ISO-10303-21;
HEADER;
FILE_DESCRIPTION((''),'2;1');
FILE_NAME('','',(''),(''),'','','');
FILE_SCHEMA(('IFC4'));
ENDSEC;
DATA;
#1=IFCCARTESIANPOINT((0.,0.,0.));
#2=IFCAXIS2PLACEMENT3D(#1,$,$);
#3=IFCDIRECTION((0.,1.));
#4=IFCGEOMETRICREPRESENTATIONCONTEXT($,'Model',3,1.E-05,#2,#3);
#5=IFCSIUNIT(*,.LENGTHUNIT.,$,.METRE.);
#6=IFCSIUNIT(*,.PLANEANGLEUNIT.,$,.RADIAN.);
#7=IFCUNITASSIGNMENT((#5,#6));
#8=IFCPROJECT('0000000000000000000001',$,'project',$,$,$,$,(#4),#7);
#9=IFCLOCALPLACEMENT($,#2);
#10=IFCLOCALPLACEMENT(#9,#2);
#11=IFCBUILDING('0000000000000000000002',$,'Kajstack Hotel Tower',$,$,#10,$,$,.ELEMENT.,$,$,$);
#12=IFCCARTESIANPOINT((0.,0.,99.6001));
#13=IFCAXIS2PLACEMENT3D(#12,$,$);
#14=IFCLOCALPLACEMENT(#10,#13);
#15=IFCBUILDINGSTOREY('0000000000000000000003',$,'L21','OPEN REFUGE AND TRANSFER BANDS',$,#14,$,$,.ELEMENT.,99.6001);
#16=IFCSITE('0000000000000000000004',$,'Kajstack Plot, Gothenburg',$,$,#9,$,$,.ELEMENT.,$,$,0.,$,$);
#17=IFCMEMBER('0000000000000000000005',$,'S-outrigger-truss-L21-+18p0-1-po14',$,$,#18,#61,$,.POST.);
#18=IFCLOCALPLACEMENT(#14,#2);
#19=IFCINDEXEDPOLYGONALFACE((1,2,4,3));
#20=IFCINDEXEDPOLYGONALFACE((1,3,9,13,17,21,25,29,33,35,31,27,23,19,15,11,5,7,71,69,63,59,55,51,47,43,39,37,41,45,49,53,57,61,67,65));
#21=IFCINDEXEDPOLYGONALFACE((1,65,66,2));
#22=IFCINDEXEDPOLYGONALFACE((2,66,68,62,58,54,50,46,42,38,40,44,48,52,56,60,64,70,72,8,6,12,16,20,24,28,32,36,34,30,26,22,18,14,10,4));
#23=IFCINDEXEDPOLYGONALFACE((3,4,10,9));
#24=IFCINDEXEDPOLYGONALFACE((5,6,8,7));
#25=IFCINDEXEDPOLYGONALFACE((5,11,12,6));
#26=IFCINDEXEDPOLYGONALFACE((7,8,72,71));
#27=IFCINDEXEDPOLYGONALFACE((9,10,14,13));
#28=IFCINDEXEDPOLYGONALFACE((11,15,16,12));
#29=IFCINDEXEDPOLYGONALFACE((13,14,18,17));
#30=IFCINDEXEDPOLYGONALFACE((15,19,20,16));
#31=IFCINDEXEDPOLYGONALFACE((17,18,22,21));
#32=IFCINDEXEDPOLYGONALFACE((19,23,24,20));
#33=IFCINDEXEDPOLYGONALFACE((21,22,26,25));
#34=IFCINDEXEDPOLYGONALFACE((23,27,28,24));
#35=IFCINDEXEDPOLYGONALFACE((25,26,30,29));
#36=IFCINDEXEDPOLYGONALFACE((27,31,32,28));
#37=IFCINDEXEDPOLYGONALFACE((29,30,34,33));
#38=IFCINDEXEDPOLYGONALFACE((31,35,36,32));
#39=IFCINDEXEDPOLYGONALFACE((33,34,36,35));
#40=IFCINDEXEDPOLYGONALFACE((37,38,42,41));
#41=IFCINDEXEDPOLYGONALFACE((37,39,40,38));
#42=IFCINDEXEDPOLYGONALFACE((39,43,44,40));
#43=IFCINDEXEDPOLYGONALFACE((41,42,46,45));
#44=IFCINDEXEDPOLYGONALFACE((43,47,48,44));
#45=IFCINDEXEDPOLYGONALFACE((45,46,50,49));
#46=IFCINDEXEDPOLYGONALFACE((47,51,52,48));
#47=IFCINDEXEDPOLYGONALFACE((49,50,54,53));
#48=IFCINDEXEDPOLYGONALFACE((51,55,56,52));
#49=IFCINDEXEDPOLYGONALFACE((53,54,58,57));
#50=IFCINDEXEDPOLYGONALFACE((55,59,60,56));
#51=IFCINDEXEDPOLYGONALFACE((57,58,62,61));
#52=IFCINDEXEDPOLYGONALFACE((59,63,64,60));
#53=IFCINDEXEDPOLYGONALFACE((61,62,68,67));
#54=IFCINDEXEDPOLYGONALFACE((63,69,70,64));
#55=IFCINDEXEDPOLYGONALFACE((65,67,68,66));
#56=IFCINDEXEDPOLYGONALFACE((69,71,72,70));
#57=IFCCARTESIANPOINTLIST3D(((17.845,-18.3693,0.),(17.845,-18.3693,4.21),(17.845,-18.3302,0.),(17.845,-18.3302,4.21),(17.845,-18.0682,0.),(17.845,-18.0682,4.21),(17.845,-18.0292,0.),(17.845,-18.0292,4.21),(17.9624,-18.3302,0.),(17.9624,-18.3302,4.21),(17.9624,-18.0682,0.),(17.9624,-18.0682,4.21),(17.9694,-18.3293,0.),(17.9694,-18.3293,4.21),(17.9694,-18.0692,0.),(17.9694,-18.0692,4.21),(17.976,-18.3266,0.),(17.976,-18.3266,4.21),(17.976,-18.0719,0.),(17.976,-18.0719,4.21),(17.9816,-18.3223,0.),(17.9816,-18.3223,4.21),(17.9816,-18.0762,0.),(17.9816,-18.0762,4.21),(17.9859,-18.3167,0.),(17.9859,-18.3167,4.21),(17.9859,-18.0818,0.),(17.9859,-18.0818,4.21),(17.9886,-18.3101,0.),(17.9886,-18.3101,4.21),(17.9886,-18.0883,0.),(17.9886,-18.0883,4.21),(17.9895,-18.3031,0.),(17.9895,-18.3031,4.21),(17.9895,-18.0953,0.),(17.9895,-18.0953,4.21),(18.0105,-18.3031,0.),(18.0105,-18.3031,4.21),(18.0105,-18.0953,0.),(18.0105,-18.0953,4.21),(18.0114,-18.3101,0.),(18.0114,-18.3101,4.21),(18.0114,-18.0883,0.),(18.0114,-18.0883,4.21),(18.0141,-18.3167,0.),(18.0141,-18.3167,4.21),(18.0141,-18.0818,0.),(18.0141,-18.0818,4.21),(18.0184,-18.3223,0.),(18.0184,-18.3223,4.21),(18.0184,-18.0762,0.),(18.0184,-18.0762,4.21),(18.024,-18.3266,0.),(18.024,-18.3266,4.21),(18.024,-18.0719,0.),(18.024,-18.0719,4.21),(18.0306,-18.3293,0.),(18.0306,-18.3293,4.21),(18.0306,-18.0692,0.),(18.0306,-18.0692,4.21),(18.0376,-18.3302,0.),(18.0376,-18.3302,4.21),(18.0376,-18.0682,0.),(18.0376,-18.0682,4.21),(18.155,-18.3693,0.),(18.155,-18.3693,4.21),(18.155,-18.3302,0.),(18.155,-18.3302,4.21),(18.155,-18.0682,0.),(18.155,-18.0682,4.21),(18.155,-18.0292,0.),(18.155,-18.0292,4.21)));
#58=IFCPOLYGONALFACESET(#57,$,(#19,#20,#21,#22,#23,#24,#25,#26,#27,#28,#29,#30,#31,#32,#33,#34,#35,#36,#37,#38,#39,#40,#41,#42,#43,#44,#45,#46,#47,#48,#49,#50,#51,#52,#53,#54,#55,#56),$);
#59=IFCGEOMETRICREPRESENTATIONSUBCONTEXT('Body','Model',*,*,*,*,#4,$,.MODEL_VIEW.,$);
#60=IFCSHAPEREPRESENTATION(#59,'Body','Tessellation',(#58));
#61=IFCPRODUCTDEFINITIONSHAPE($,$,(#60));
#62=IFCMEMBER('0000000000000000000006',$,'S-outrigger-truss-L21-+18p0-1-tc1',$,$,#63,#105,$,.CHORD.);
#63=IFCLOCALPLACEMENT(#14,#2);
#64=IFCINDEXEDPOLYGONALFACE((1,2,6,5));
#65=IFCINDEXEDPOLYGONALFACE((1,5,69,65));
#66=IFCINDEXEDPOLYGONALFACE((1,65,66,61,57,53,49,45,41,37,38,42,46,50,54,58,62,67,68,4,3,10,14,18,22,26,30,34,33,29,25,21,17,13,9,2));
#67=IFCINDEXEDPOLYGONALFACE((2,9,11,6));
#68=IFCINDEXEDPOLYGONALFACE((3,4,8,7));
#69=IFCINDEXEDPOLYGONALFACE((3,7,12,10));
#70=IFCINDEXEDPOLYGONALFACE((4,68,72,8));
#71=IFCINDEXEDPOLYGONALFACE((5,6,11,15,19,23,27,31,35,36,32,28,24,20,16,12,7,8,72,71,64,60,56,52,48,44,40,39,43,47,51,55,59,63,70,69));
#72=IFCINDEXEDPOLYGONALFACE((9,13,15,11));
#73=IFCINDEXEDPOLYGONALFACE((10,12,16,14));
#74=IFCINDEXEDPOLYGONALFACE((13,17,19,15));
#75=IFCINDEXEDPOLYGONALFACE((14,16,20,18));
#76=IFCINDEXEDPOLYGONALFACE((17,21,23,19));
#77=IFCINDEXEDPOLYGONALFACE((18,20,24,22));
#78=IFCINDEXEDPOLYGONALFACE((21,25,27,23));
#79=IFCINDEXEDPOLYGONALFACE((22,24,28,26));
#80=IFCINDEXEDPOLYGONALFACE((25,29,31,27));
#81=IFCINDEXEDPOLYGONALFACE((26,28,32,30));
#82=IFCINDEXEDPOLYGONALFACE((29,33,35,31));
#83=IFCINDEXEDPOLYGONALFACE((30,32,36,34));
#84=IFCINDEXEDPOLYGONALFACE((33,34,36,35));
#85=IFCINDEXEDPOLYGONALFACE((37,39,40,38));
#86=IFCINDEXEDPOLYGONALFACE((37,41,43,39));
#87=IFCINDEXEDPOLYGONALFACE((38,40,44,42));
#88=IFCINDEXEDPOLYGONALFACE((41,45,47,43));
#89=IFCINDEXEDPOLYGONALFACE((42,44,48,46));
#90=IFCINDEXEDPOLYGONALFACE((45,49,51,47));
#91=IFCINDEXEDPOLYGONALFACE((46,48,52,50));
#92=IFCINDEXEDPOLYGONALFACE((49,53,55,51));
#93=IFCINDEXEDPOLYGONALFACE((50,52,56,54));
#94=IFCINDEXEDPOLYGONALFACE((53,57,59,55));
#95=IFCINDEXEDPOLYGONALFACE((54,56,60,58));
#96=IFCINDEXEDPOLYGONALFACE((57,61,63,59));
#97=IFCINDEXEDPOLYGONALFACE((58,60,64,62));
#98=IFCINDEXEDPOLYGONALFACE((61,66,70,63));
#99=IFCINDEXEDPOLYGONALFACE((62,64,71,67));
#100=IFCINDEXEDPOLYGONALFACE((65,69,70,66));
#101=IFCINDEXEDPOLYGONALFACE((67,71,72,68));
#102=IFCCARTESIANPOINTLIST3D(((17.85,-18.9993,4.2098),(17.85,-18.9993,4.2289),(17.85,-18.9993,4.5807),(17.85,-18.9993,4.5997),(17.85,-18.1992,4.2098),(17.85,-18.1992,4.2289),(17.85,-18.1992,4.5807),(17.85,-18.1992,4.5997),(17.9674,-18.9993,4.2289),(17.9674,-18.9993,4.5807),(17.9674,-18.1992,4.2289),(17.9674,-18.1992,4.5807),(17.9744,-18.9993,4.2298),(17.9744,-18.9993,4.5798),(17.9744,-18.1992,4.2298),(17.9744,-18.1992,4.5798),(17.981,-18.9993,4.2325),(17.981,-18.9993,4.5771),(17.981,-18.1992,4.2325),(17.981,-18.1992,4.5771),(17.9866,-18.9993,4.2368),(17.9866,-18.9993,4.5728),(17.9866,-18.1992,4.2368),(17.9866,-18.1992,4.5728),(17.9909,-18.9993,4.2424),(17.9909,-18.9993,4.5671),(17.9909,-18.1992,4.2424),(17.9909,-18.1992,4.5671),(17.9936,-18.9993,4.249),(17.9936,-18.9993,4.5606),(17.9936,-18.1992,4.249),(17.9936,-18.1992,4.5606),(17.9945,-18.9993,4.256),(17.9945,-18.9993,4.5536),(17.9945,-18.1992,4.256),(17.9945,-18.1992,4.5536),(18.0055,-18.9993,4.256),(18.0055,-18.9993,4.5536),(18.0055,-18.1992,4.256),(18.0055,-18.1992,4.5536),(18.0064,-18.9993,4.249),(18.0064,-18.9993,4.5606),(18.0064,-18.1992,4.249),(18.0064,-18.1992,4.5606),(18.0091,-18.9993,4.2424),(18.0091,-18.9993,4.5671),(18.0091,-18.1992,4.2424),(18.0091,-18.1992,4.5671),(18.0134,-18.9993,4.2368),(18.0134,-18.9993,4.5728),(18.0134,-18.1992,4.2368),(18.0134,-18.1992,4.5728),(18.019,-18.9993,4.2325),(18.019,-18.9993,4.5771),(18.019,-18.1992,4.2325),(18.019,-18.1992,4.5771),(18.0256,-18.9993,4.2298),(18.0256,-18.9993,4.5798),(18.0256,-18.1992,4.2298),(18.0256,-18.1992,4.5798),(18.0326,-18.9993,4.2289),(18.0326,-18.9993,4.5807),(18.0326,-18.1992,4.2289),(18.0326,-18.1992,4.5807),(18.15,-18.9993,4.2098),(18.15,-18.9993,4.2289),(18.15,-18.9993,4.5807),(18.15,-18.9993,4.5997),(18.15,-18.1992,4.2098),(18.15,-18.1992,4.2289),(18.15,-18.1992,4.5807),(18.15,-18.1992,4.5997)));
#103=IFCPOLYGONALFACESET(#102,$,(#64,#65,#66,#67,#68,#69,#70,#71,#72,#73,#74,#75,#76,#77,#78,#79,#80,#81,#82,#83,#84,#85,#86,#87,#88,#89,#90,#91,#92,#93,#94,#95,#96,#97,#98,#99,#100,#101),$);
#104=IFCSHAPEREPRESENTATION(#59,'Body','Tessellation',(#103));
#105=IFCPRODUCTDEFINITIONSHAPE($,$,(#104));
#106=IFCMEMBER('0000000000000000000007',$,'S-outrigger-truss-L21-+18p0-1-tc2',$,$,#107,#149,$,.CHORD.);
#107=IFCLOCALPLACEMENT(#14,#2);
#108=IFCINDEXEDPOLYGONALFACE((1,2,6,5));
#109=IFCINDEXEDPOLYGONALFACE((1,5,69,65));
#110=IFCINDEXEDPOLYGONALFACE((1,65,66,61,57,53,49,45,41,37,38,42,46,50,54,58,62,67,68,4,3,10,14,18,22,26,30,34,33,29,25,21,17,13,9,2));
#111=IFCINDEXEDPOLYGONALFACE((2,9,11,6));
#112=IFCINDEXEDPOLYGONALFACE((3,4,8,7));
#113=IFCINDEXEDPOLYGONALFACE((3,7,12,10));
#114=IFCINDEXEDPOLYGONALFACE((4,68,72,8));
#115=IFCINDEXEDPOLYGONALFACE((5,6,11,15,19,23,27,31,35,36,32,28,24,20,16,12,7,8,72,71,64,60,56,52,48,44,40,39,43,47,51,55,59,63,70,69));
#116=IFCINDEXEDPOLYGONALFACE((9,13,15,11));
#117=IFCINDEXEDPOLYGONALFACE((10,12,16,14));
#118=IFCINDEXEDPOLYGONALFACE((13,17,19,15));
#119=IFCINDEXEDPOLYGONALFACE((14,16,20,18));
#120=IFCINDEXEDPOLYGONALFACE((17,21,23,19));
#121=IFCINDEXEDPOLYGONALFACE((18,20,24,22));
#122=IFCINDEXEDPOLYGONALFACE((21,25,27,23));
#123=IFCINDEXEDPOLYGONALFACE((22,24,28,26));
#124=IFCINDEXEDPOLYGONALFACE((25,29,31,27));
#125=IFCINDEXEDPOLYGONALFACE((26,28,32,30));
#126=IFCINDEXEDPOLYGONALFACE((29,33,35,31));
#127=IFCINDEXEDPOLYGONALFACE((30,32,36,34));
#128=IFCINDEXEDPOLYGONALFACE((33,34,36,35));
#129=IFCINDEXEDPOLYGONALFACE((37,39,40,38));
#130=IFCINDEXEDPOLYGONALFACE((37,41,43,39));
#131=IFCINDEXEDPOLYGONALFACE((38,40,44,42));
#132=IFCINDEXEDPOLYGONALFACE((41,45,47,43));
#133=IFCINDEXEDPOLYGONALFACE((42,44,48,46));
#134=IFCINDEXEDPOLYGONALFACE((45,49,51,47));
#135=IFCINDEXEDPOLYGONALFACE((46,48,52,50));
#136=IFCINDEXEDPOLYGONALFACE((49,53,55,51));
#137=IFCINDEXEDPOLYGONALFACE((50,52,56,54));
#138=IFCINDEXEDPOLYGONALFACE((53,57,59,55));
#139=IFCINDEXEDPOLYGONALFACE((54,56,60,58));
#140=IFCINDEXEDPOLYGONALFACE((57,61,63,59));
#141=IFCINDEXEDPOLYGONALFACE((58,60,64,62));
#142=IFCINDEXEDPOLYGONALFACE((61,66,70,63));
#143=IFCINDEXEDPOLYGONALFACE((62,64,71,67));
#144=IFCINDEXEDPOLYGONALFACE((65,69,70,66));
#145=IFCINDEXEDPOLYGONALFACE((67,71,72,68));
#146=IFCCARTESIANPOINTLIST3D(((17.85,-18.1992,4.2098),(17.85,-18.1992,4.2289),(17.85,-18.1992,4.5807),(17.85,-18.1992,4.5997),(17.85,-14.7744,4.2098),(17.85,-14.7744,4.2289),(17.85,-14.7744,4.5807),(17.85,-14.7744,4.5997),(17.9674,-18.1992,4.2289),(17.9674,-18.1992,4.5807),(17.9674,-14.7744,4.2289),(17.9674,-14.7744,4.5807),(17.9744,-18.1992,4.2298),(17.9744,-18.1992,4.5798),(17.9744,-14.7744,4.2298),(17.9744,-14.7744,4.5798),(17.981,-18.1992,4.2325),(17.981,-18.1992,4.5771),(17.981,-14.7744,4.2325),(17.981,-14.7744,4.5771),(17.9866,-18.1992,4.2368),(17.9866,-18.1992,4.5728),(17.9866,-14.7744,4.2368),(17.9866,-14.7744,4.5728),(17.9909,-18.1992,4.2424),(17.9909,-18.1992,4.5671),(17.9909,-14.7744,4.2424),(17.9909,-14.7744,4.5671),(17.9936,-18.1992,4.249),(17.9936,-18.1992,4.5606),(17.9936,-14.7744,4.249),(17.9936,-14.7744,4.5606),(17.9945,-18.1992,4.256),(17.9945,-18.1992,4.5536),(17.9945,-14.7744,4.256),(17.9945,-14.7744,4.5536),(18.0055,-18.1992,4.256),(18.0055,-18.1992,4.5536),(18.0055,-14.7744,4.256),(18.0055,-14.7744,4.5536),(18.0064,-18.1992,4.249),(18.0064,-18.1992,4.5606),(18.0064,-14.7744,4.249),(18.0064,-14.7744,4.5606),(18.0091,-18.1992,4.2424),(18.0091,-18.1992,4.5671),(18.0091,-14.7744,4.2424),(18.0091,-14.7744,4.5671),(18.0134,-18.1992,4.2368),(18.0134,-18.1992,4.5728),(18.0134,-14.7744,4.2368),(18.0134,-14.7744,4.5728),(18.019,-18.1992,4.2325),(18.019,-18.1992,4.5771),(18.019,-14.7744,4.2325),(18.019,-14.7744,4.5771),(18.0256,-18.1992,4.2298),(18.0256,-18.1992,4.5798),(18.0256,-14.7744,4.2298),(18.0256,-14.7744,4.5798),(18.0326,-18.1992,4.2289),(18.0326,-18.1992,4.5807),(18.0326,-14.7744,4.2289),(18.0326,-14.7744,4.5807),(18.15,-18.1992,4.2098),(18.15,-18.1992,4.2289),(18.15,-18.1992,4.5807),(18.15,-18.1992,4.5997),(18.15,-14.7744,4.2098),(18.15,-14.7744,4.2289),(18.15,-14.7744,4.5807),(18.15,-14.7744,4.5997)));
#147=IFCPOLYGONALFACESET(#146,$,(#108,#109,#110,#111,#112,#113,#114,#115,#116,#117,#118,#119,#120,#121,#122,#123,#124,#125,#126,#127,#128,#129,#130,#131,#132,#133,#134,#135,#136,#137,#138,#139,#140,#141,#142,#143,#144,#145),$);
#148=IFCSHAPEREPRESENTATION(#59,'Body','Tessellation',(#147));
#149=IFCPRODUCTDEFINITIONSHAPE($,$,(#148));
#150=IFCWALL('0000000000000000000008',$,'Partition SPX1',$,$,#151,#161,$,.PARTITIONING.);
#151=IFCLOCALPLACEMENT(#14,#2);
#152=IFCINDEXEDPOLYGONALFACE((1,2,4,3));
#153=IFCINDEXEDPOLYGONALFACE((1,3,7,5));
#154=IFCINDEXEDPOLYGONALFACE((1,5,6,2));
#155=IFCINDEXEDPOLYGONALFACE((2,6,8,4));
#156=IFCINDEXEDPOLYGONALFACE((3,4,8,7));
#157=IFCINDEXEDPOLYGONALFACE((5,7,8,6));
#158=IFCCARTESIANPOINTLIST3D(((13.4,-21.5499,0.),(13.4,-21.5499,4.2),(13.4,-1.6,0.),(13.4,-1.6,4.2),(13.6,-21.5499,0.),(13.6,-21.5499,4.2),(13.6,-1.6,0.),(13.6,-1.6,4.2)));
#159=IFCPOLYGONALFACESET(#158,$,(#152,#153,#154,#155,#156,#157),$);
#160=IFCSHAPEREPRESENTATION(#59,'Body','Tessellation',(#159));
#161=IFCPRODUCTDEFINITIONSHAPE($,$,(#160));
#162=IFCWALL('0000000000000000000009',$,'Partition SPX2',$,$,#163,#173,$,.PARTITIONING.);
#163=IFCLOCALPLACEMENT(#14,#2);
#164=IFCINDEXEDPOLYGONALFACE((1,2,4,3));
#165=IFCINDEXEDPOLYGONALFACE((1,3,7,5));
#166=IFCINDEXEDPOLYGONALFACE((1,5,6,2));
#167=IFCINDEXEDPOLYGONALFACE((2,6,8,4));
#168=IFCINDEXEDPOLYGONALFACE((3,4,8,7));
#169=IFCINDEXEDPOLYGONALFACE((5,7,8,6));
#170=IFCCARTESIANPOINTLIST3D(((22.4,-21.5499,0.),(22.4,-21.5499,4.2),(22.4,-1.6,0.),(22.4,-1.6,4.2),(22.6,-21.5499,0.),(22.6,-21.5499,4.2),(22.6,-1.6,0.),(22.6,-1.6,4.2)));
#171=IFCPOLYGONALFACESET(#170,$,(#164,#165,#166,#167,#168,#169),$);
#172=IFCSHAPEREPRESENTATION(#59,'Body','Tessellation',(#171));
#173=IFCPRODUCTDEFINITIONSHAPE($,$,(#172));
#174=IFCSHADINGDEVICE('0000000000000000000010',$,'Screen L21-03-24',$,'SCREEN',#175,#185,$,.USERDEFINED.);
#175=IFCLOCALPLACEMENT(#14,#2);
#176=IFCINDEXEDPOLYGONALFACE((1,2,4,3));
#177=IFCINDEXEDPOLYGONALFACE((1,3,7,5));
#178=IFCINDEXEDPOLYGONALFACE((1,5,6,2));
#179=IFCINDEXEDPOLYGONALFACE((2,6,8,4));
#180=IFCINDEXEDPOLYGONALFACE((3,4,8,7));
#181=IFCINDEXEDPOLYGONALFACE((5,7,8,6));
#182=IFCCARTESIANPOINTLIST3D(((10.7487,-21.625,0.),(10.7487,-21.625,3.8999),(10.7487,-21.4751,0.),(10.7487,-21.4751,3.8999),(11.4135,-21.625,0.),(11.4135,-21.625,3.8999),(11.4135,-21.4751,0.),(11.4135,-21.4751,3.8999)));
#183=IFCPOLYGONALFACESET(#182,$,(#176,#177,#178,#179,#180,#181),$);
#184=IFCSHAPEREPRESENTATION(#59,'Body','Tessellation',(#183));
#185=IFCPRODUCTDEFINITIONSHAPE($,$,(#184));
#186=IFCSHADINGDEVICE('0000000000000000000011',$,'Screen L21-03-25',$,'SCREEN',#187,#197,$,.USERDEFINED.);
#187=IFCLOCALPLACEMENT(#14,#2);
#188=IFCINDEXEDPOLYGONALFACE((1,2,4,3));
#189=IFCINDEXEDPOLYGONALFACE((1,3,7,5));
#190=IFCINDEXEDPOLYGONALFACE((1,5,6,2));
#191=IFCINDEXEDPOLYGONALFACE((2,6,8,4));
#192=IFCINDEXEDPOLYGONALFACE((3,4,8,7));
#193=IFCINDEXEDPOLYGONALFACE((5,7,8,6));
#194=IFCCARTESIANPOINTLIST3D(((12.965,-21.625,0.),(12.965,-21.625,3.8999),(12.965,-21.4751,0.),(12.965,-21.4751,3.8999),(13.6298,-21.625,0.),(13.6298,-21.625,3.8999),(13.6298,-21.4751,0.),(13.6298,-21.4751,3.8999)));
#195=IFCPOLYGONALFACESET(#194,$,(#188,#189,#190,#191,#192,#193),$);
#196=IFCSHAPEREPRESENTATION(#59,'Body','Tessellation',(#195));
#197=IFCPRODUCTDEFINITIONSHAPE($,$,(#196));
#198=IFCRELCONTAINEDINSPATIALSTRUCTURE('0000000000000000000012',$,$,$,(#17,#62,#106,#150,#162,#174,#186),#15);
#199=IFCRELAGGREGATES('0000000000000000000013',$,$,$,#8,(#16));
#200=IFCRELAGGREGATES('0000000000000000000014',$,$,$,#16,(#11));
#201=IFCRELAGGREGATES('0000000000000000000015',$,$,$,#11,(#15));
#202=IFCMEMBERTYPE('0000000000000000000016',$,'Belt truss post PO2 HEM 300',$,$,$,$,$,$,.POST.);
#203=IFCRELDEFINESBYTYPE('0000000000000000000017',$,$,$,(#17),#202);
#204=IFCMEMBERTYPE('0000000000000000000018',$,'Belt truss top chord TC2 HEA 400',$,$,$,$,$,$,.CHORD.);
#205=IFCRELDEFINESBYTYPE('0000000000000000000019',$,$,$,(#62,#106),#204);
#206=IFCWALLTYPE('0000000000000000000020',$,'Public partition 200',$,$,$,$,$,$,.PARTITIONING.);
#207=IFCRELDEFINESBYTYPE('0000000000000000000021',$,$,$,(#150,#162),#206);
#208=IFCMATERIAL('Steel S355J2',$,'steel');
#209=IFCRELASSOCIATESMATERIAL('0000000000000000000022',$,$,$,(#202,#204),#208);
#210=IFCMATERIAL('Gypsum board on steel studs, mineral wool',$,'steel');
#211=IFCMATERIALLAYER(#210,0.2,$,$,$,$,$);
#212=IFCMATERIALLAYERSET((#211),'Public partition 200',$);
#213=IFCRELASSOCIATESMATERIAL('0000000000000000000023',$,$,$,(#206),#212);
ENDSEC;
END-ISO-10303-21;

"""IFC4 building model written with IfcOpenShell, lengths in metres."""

from ifc_helpers import new_model, si_unit, direction, frame, frame_2d, origin, origin_2d, place, context, subcontext, project, spatial, rectangle, i_section, extrude, material, layer, layer_set, material_profile, profile_set, type_object, element, save


model = new_model("IFC4")

# Units and contexts
model_context = context("Model", 3, precision=1e-05, world=origin(), true_north=direction((0.0, 1.0)))
body_context = subcontext(model_context, "Body", "Model", "MODEL_VIEW")
ifc_project = project(units=[si_unit("LENGTHUNIT", "METRE"), si_unit("PLANEANGLEUNIT", "RADIAN")], contexts=[model_context])

# Site, building, storey
site_placement = place(None, origin())
site = spatial("IfcSite", under=ifc_project, at=site_placement, Name="Kajstack Plot, Gothenburg", CompositionType="ELEMENT", RefElevation=0.0)
building_placement = place(site_placement, origin())
building = spatial("IfcBuilding", under=site, at=building_placement, Name="Kajstack Hotel Tower", CompositionType="ELEMENT")
storey_placement = place(building_placement, frame((0.0, 0.0, 99.6001)))
storey = spatial("IfcBuildingStorey", under=building, at=storey_placement, Name="L21", Description="OPEN REFUGE AND TRANSFER BANDS", CompositionType="ELEMENT", Elevation=99.6001)

# Members
ifc_material_1 = material(Name="Steel S355J2", Category="steel")
ifc_material_profile_1 = material_profile(ifc_material_1, i_section(OverallWidth=0.3101, OverallDepth=0.3401, WebThickness=0.021, FlangeThickness=0.0391, FilletRadius=0.0271, at=origin_2d()), Name="HEM 300")
ifc_profile_set_1 = profile_set([ifc_material_profile_1], Name="Steel S355J2")
member_type_1 = type_object("IfcMemberType", Name="Belt truss post PO2 HEM 300", PredefinedType="POST", material=ifc_profile_set_1)
for number, where, z_axis, x_axis, name in (
    (1, (18.0, -18.1992, 0.0), (0.0, 0.0, 1.0), (1.0, 0.0, 0.0), "S-outrigger-truss-L21-+18p0-1-po14"),
):
    element("IfcMember", number, at=place(storey_placement, frame(where, z_axis=z_axis, x_axis=x_axis)), inside=storey, type_object=member_type_1, Name=name, PredefinedType="POST", context=body_context, shape_type="SweptSolid", body=[
        extrude(i_section(OverallWidth=0.3101, OverallDepth=0.3401, WebThickness=0.021, FlangeThickness=0.0391, FilletRadius=0.0271, at=origin_2d()), origin(), (0.0, 0.0, 1.0), 4.21),
    ])
ifc_material_profile_2 = material_profile(ifc_material_1, i_section(OverallWidth=0.3, OverallDepth=0.3899, WebThickness=0.011, FlangeThickness=0.019, FilletRadius=0.0271, at=origin_2d()), Name="HEA 400")
ifc_profile_set_2 = profile_set([ifc_material_profile_2], Name="Steel S355J2")
member_type_2 = type_object("IfcMemberType", Name="Belt truss top chord TC2 HEA 400", PredefinedType="CHORD", material=ifc_profile_set_2)
member_1_placement = place(storey_placement, frame((18.0, -18.9993, 4.4048), z_axis=(0.0, 1.0, 0.0), x_axis=(-1.0, 0.0, 0.0)))
element("IfcMember", 2, at=member_1_placement, inside=storey, type_object=member_type_2, Name="S-outrigger-truss-L21-+18p0-1-tc1", PredefinedType="CHORD", context=body_context, shape_type="SweptSolid", body=[
    extrude(i_section(OverallWidth=0.3, OverallDepth=0.3899, WebThickness=0.011, FlangeThickness=0.019, FilletRadius=0.0271, at=origin_2d()), origin(), (0.0, 0.0, 1.0), 0.8),
])
member_2_placement = place(storey_placement, frame((18.0, -18.1992, 4.4048), z_axis=(0.0, 1.0, 0.0), x_axis=(-1.0, 0.0, 0.0)))
element("IfcMember", 3, at=member_2_placement, inside=storey, type_object=member_type_2, Name="S-outrigger-truss-L21-+18p0-1-tc2", PredefinedType="CHORD", context=body_context, shape_type="SweptSolid", body=[
    extrude(i_section(OverallWidth=0.3, OverallDepth=0.3899, WebThickness=0.011, FlangeThickness=0.019, FilletRadius=0.0271, at=origin_2d()), origin(), (0.0, 0.0, 1.0), 3.4248),
])

# Walls
ifc_material_2 = material(Name="Gypsum board on steel studs, mineral wool", Category="steel")
ifc_layer_1 = layer(ifc_material_2, 0.2)
ifc_layer_set_1 = layer_set([ifc_layer_1], Name="Public partition 200")
wall_type = type_object("IfcWallType", Name="Public partition 200", PredefinedType="PARTITIONING", material=ifc_layer_set_1)
for number, where, z_axis, x_axis, name in (
    (4, (13.5, -21.55, 0.0), (0.0, 0.0, 1.0), (0.0, 1.0, 0.0), "Partition SPX1"),
    (5, (22.5, -21.55, 0.0), (0.0, 0.0, 1.0), (0.0, 1.0, 0.0), "Partition SPX2"),
):
    element("IfcWall", number, at=place(storey_placement, frame(where, z_axis=z_axis, x_axis=x_axis)), inside=storey, type_object=wall_type, Name=name, PredefinedType="PARTITIONING", context=body_context, shape_type="SweptSolid", body=[
        extrude(rectangle(XDim=19.95, YDim=0.2, at=frame_2d((9.9751, 0.0))), origin(), (0.0, 0.0, 1.0), 4.2),
    ])

# Shading devices
for number, where, z_axis, x_axis, name in (
    (6, (11.0811, -21.55, 0.0), (0.0, 0.0, 1.0), (1.0, 0.0, 0.0), "Screen L21-03-24"),
    (7, (13.2974, -21.55, 0.0), (0.0, 0.0, 1.0), (1.0, 0.0, 0.0), "Screen L21-03-25"),
):
    element("IfcShadingDevice", number, at=place(storey_placement, frame(where, z_axis=z_axis, x_axis=x_axis)), inside=storey, Name=name, ObjectType="SCREEN", PredefinedType="USERDEFINED", context=body_context, shape_type="SweptSolid", body=[
        extrude(rectangle(XDim=0.6648, YDim=0.1499, at=origin_2d()), origin(), (0.0, 0.0, 1.0), 3.8999),
    ])

save(model, "model.ifc")
